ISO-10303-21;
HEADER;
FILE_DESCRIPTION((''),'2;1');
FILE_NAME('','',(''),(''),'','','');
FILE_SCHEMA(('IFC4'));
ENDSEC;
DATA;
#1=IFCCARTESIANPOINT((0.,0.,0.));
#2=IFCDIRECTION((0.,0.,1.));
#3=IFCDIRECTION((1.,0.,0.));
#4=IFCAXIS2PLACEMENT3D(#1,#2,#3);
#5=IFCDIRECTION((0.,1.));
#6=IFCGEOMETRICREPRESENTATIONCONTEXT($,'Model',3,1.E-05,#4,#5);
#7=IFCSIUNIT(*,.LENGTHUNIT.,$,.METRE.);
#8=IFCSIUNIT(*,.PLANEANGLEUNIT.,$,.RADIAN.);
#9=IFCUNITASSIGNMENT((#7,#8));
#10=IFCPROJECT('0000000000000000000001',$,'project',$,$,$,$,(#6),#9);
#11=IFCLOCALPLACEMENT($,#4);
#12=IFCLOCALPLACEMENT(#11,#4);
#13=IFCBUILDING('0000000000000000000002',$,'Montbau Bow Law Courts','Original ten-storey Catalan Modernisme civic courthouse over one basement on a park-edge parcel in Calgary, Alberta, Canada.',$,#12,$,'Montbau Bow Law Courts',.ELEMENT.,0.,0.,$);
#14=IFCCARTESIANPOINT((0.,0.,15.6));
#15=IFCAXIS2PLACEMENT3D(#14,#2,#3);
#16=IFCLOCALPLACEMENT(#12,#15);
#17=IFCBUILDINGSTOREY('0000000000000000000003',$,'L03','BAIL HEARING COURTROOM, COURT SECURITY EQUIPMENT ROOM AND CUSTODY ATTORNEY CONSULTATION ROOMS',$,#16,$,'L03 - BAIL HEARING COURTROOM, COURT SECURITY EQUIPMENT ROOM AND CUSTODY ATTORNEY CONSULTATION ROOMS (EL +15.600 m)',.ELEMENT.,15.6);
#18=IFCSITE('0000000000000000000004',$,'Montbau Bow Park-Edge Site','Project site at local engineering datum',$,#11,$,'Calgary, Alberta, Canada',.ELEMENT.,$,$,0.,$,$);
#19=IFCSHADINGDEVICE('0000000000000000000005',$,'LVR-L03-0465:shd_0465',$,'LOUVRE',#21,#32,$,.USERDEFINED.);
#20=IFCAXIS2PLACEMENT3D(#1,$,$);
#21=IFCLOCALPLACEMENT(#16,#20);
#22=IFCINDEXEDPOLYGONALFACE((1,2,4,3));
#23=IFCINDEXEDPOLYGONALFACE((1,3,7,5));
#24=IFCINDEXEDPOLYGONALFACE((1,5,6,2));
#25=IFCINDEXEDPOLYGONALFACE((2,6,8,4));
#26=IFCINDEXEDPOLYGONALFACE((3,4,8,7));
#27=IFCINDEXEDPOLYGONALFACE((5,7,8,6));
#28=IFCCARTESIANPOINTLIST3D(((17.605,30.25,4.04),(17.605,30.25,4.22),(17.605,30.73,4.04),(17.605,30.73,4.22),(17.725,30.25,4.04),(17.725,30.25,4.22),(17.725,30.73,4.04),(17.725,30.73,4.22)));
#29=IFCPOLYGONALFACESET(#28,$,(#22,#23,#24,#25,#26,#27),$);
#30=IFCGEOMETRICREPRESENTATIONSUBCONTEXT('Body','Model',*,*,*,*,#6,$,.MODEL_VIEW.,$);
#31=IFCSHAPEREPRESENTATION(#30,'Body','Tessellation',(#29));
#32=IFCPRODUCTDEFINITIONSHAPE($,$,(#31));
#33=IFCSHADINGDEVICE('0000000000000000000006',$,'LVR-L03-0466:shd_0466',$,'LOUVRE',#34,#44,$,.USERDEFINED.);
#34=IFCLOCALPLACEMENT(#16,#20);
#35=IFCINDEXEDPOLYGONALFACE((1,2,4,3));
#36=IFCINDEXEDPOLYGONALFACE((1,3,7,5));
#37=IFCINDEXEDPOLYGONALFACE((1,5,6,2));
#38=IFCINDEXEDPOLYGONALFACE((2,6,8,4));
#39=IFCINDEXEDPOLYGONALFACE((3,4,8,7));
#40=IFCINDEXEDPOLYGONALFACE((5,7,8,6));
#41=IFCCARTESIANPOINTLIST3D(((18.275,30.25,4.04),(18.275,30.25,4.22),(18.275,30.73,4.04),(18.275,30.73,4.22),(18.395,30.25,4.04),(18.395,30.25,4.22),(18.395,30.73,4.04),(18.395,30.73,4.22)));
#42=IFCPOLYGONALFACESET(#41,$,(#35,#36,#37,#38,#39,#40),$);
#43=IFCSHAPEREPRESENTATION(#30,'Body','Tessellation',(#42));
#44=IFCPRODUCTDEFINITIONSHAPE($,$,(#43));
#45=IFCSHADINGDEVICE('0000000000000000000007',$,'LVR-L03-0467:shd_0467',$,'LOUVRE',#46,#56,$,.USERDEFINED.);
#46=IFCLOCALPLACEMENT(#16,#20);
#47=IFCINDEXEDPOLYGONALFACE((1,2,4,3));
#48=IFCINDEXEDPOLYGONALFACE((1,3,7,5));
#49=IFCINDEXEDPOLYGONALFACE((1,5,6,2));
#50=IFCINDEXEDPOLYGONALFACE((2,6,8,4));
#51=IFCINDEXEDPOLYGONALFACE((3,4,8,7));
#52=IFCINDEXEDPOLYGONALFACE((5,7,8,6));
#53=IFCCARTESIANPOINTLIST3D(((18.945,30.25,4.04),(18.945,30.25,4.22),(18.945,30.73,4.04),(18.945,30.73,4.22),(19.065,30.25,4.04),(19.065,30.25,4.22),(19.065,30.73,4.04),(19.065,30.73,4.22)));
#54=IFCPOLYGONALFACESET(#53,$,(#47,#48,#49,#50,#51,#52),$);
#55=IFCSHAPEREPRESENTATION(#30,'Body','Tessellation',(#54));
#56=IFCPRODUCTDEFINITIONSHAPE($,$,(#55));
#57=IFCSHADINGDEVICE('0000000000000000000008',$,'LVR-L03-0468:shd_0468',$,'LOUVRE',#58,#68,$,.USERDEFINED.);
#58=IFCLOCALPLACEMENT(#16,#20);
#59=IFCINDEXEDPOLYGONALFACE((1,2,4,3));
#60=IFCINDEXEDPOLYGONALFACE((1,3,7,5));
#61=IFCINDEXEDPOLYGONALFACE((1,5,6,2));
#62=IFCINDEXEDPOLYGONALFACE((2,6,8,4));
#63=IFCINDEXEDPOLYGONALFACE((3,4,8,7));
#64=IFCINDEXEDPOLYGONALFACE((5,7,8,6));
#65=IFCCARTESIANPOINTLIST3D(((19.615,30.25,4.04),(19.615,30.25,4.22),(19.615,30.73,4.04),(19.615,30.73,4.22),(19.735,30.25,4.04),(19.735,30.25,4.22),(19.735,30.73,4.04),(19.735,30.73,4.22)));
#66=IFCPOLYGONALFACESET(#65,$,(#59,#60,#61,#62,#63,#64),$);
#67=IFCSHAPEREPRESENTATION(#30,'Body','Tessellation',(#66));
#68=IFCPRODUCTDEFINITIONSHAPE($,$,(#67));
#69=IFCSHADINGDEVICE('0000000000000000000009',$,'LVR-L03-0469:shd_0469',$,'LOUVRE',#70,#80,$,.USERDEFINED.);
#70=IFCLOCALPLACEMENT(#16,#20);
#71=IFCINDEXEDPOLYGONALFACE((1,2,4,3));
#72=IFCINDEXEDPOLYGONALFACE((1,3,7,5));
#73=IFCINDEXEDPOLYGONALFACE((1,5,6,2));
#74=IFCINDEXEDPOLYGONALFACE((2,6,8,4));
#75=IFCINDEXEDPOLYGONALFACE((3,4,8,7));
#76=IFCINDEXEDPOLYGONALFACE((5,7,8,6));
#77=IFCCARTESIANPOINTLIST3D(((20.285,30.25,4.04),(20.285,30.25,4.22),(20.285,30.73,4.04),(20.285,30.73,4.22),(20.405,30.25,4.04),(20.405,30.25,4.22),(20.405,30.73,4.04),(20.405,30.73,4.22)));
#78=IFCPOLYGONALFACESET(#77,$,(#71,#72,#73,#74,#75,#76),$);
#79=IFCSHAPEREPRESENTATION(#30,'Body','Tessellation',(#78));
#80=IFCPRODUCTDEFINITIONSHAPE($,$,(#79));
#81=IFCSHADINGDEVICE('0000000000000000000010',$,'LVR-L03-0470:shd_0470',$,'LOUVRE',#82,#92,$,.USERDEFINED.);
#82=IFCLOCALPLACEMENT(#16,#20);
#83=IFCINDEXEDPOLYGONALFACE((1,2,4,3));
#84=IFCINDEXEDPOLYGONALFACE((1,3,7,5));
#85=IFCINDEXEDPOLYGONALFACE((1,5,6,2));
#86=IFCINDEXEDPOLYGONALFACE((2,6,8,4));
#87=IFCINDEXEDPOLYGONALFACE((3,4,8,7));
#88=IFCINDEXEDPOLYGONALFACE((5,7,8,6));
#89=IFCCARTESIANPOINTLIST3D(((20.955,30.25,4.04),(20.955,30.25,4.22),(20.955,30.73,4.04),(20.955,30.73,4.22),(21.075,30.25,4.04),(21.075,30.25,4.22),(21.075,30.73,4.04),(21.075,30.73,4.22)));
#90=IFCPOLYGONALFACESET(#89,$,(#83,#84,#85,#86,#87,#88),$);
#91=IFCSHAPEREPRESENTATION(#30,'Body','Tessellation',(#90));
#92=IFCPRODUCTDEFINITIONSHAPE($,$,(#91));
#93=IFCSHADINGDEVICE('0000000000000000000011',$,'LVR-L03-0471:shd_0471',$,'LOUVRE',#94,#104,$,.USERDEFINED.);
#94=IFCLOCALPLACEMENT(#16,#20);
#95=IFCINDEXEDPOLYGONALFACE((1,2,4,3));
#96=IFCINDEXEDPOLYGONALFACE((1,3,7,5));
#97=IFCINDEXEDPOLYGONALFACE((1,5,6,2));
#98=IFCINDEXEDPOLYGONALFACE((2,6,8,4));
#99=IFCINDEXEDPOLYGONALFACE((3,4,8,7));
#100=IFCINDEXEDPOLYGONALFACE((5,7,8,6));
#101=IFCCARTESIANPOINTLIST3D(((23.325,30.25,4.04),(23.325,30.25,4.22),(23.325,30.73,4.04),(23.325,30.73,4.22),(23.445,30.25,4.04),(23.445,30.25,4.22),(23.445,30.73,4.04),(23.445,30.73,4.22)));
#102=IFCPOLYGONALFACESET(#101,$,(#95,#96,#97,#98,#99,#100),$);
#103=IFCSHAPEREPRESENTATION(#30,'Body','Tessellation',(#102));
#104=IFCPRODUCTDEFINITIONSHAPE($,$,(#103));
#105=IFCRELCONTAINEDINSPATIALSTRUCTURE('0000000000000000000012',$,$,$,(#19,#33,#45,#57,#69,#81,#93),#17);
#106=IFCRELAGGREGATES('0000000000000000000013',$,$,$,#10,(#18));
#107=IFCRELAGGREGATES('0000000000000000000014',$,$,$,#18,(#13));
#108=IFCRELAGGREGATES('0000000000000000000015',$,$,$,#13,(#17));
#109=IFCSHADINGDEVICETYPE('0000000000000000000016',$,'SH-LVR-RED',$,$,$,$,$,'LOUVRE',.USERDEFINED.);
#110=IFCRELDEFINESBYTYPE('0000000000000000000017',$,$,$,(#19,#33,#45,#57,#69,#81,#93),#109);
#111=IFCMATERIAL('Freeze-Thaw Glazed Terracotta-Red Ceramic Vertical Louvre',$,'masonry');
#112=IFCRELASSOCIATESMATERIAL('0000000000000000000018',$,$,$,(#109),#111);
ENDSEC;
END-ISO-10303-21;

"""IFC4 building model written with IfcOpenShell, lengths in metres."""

from ifc_helpers import new_model, si_unit, direction, frame, origin_with_axes, origin_2d_with_axis, place, context, subcontext, project, spatial, rectangle, extrude, material, type_object, element, save


model = new_model("IFC4")

# Units and contexts
model_context = context("Model", 3, precision=1e-05, world=origin_with_axes(), true_north=direction((0.0, 1.0)))
body_context = subcontext(model_context, "Body", "Model", "MODEL_VIEW")
ifc_project = project(units=[si_unit("LENGTHUNIT", "METRE"), si_unit("PLANEANGLEUNIT", "RADIAN")], contexts=[model_context])

# Site, building, storey
site_placement = place(None, origin_with_axes())
site = spatial("IfcSite", under=ifc_project, at=site_placement, Name="Montbau Bow Park-Edge Site", Description="Project site at local engineering datum", LongName="Calgary, Alberta, Canada", CompositionType="ELEMENT", RefElevation=0.0)
building_placement = place(site_placement, origin_with_axes())
building = spatial("IfcBuilding", under=site, at=building_placement, Name="Montbau Bow Law Courts", Description="Original ten-storey Catalan Modernisme civic courthouse over one basement on a park-edge parcel in Calgary, Alberta, Canada.", LongName="Montbau Bow Law Courts", CompositionType="ELEMENT", ElevationOfRefHeight=0.0, ElevationOfTerrain=0.0)
storey_placement = place(building_placement, frame((0.0, 0.0, 15.6), z_axis=(0.0, 0.0, 1.0), x_axis=(1.0, 0.0, 0.0)))
storey = spatial("IfcBuildingStorey", under=building, at=storey_placement, Name="L03", Description="BAIL HEARING COURTROOM, COURT SECURITY EQUIPMENT ROOM AND CUSTODY ATTORNEY CONSULTATION ROOMS", LongName="L03 - BAIL HEARING COURTROOM, COURT SECURITY EQUIPMENT ROOM AND CUSTODY ATTORNEY CONSULTATION ROOMS (EL +15.600 m)", CompositionType="ELEMENT", Elevation=15.6)

# Shading devices
ifc_material_1 = material(Name="Freeze-Thaw Glazed Terracotta-Red Ceramic Vertical Louvre", Category="masonry")
shading_device_type = type_object("IfcShadingDeviceType", Name="SH-LVR-RED", ElementType="LOUVRE", PredefinedType="USERDEFINED", material=ifc_material_1)
for number, where, z_axis, x_axis, name in (
    (1, (17.665, 30.49, 19.64), (0.0, 0.0, 1.0), (0.0, -1.0, 0.0), "LVR-L03-0465:shd_0465"),
    (2, (18.335, 30.49, 19.64), (0.0, 0.0, 1.0), (0.0, -1.0, 0.0), "LVR-L03-0466:shd_0466"),
    (3, (19.005, 30.49, 19.64), (0.0, 0.0, 1.0), (0.0, -1.0, 0.0), "LVR-L03-0467:shd_0467"),
    (4, (19.675, 30.49, 19.64), (0.0, 0.0, 1.0), (0.0, -1.0, 0.0), "LVR-L03-0468:shd_0468"),
    (5, (20.345, 30.49, 19.64), (0.0, 0.0, 1.0), (0.0, -1.0, 0.0), "LVR-L03-0469:shd_0469"),
    (6, (21.015, 30.49, 19.64), (0.0, 0.0, 1.0), (0.0, -1.0, 0.0), "LVR-L03-0470:shd_0470"),
    (7, (23.385, 30.49, 19.64), (0.0, 0.0, 1.0), (0.0, -1.0, 0.0), "LVR-L03-0471:shd_0471"),
):
    element("IfcShadingDevice", number, at=place(None, frame(where, z_axis=z_axis, x_axis=x_axis)), inside=storey, type_object=shading_device_type, Name=name, ObjectType="LOUVRE", PredefinedType="USERDEFINED", context=body_context, shape_type="SweptSolid", body=[
        extrude(rectangle(XDim=0.48, YDim=0.12, at=origin_2d_with_axis()), origin_with_axes(), (0.0, 0.0, 1.0), 0.18),
    ])

save(model, "model.ifc")
